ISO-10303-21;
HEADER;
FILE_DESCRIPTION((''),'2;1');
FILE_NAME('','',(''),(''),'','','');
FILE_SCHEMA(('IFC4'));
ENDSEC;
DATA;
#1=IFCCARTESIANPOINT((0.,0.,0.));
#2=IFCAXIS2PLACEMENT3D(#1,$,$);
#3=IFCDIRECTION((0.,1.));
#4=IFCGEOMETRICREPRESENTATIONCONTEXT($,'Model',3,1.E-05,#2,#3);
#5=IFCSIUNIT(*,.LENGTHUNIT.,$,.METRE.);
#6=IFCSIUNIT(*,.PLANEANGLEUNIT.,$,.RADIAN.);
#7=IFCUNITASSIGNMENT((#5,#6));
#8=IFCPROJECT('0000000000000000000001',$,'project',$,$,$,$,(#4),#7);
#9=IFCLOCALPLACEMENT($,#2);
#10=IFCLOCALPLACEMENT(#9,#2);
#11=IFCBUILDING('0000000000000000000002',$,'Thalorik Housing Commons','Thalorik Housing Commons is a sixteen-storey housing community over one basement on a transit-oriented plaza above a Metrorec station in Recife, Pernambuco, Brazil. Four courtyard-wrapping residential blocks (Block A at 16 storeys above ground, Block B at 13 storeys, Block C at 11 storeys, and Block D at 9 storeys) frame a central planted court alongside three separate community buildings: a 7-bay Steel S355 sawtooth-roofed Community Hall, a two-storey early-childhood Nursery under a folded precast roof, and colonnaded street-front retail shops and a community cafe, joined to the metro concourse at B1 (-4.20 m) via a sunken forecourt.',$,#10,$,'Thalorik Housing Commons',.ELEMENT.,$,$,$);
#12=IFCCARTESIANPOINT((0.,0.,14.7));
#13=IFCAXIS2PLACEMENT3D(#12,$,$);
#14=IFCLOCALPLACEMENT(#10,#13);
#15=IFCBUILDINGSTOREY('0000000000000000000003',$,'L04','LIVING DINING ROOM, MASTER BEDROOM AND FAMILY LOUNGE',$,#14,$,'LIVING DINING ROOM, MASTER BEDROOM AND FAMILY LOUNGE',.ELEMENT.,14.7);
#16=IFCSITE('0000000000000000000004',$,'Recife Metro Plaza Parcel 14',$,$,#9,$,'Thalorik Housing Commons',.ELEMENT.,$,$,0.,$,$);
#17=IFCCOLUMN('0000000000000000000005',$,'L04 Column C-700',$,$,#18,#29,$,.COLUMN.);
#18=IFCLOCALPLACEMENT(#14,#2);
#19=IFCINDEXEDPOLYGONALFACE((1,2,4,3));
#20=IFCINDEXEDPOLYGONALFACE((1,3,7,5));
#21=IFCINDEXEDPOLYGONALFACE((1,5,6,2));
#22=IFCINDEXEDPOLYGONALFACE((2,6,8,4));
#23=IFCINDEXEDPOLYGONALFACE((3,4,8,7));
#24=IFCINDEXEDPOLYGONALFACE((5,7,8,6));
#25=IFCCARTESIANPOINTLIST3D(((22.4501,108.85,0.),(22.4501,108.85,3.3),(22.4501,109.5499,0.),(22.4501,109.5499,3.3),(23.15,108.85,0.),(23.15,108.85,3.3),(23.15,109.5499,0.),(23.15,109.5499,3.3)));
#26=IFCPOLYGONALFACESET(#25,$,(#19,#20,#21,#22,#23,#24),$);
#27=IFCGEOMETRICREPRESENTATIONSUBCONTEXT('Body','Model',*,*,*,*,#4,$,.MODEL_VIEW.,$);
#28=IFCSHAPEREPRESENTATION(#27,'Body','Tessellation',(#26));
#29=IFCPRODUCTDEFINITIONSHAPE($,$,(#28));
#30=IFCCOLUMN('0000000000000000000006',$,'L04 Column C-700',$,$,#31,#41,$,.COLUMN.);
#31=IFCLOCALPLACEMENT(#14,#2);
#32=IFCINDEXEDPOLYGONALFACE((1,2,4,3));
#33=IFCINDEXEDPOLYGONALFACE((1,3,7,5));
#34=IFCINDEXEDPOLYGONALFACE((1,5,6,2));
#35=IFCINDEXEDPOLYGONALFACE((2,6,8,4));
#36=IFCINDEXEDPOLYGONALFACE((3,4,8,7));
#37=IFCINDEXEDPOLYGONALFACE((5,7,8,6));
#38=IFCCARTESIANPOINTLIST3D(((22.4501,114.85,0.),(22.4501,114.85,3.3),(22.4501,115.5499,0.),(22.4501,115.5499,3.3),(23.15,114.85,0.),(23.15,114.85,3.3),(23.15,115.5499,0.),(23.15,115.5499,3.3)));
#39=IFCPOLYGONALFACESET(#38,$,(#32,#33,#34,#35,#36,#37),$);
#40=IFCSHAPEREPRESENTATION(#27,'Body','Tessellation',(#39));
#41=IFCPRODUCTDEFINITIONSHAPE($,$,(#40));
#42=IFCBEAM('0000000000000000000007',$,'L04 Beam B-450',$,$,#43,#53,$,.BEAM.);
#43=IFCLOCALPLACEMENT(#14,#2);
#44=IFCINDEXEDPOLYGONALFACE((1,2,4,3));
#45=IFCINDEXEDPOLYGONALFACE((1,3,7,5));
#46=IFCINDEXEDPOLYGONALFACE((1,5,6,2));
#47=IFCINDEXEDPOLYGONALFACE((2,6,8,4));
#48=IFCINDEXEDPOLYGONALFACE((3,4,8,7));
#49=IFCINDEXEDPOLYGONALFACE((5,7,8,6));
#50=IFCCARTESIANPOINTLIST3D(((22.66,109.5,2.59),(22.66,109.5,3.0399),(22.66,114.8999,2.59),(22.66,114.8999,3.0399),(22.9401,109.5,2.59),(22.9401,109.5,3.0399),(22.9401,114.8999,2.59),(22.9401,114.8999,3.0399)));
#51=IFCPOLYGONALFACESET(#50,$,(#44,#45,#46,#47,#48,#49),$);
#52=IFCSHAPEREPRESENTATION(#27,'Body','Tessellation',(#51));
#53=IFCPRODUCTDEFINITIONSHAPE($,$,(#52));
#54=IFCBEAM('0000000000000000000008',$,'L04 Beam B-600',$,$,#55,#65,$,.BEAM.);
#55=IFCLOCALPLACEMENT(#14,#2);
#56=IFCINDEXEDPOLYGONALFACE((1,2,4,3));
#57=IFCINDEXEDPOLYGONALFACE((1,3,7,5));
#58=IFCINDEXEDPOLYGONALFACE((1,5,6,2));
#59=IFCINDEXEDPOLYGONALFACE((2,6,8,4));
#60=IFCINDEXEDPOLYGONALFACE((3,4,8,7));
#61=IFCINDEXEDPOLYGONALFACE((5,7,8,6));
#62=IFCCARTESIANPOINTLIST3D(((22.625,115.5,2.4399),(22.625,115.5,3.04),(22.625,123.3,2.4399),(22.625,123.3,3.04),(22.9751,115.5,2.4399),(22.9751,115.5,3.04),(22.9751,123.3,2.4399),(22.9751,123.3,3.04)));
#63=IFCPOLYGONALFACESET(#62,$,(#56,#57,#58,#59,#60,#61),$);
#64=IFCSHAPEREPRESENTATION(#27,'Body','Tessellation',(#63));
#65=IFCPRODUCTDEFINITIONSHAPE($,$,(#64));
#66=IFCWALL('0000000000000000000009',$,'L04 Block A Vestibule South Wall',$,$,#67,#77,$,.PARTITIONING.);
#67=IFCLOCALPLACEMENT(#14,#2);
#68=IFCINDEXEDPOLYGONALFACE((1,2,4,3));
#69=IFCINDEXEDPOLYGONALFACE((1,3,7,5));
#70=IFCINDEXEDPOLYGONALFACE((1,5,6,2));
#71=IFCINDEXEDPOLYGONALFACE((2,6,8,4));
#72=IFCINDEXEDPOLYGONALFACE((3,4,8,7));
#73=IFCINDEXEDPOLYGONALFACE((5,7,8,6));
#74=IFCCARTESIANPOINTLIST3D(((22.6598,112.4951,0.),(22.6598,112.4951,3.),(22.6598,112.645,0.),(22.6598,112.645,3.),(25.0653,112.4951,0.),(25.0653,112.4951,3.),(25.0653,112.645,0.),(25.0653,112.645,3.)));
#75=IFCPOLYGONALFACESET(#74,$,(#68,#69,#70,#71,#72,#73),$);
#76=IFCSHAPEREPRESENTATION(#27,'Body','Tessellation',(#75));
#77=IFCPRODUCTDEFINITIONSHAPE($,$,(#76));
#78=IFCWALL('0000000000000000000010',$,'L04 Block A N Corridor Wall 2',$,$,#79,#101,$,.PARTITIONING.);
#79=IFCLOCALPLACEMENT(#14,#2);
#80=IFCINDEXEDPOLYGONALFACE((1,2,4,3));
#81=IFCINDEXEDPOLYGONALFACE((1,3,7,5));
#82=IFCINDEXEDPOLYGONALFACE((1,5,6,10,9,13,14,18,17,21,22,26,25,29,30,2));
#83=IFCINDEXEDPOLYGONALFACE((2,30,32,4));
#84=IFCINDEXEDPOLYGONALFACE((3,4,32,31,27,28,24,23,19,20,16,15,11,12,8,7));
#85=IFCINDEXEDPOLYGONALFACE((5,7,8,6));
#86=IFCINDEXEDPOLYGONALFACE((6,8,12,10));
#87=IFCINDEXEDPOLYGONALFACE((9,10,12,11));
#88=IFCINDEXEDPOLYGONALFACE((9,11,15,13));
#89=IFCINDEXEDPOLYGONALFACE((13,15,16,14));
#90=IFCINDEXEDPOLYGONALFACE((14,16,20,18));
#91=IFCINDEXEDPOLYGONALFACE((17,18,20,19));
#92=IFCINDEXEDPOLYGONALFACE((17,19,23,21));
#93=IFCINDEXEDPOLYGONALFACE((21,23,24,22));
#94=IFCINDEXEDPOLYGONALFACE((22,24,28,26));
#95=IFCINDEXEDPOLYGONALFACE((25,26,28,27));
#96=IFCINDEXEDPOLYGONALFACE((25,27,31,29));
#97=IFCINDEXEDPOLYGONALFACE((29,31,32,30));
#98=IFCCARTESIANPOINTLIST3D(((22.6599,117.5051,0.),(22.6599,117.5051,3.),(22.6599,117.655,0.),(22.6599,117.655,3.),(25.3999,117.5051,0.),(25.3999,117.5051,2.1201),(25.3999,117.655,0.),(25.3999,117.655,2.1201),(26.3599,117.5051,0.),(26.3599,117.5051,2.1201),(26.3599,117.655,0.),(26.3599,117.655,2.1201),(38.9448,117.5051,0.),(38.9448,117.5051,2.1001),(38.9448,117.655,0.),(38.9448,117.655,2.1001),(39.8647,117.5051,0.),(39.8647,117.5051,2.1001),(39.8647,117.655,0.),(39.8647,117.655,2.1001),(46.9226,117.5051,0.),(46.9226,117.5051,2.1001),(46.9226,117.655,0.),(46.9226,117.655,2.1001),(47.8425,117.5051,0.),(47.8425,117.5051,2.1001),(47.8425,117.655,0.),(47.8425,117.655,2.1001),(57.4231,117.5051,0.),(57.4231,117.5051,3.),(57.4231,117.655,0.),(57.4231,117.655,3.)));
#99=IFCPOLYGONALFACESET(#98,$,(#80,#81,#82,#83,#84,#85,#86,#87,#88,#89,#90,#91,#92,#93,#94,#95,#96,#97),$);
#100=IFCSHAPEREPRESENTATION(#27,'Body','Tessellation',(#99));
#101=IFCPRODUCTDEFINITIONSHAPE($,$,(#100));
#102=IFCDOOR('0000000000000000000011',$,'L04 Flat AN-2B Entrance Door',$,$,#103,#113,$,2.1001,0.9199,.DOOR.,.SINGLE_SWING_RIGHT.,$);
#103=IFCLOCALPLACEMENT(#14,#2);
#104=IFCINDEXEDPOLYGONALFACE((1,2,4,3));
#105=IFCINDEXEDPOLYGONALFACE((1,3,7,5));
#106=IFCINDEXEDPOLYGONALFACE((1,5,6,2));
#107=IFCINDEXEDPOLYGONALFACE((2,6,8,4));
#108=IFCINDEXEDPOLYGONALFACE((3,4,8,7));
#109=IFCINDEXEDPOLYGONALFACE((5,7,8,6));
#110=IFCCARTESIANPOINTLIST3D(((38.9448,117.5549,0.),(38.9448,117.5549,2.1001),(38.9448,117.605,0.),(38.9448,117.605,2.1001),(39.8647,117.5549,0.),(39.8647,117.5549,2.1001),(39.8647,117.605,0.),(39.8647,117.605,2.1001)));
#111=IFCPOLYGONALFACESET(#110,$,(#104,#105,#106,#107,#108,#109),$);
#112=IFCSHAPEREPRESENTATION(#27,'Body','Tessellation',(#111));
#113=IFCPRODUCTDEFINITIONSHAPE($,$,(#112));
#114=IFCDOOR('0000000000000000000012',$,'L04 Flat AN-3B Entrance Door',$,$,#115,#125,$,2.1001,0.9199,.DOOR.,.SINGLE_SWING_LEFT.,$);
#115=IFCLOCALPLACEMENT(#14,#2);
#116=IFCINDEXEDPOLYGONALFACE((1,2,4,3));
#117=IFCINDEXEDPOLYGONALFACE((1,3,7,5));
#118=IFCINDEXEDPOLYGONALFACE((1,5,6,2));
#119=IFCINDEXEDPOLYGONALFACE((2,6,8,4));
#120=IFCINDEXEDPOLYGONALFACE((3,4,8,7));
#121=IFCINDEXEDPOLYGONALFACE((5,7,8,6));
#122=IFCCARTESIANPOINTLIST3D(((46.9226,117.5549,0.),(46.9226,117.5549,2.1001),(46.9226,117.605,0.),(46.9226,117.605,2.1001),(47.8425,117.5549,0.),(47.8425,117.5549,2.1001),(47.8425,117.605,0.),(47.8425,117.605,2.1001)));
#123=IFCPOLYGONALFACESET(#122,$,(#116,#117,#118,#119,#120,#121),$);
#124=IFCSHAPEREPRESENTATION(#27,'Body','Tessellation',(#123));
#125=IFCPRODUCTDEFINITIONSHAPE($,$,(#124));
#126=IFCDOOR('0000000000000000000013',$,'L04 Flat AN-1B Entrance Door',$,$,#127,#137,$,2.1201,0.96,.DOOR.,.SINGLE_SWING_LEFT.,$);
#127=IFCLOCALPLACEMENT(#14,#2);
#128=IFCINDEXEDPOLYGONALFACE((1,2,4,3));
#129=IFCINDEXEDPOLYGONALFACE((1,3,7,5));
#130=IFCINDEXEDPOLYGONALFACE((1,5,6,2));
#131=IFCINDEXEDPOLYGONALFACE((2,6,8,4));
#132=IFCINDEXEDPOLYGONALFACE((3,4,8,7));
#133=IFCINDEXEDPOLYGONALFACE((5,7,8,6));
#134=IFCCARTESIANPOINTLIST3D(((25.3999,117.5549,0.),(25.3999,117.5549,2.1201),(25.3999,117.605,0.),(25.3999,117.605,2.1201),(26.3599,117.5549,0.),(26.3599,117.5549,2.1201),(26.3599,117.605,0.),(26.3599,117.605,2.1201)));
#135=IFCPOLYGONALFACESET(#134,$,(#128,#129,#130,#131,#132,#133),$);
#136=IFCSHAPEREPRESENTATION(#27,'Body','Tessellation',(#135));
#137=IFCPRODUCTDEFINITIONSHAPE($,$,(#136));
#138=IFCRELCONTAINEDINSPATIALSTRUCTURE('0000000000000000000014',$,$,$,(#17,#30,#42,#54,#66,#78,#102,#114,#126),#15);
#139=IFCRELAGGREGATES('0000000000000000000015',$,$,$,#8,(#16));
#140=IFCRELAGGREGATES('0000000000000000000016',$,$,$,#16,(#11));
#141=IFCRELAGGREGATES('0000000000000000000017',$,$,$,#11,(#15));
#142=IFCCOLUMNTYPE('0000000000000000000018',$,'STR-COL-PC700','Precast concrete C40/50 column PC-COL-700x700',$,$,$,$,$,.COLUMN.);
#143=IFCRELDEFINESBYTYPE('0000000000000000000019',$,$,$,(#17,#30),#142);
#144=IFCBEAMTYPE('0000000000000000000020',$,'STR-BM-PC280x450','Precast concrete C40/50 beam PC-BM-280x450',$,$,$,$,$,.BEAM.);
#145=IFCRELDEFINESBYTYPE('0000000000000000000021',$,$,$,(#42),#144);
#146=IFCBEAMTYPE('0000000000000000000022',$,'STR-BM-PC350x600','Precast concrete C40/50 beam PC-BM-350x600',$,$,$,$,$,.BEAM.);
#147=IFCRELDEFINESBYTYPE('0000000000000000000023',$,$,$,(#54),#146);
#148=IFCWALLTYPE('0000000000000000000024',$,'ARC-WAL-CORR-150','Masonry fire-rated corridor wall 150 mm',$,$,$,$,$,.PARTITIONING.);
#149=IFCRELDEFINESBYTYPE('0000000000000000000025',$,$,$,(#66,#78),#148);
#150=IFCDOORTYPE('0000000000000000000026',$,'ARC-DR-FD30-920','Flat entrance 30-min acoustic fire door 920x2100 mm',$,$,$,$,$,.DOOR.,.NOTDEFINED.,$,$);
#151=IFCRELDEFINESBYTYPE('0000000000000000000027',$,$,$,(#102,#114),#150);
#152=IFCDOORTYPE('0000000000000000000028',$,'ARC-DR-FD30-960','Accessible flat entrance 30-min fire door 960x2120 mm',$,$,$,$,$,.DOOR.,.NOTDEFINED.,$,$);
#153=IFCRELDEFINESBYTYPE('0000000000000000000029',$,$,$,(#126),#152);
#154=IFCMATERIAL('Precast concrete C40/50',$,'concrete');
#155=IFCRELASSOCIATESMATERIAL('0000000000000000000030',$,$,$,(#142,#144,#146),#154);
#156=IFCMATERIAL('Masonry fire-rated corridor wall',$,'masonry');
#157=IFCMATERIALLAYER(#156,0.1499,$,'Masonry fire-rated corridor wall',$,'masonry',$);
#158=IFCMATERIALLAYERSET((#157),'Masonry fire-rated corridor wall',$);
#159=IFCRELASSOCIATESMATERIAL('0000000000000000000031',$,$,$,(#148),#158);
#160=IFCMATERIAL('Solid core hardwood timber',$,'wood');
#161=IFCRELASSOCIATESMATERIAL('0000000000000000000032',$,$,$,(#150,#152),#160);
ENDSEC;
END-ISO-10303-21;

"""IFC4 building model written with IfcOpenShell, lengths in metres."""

from ifc_helpers import new_model, si_unit, direction, frame, frame_2d, origin, origin_2d, place, context, subcontext, project, spatial, rectangle, extrude, material, layer, layer_set, material_profile, profile_set, type_object, element, fill, save


model = new_model("IFC4")

# Units and contexts
model_context = context("Model", 3, precision=1e-05, world=origin(), true_north=direction((0.0, 1.0)))
body_context = subcontext(model_context, "Body", "Model", "MODEL_VIEW")
ifc_project = project(units=[si_unit("LENGTHUNIT", "METRE"), si_unit("PLANEANGLEUNIT", "RADIAN")], contexts=[model_context])

# Site, building, storey
site_placement = place(None, origin())
site = spatial("IfcSite", under=ifc_project, at=site_placement, Name="Recife Metro Plaza Parcel 14", LongName="Thalorik Housing Commons", CompositionType="ELEMENT", RefElevation=0.0)
building_placement = place(site_placement, origin())
building = spatial("IfcBuilding", under=site, at=building_placement, Name="Thalorik Housing Commons", Description="Thalorik Housing Commons is a sixteen-storey housing community over one basement on a transit-oriented plaza above a Metrorec station in Recife, Pernambuco, Brazil. Four courtyard-wrapping residential blocks (Block A at 16 storeys above ground, Block B at 13 storeys, Block C at 11 storeys, and Block D at 9 storeys) frame a central planted court alongside three separate community buildings: a 7-bay Steel S355 sawtooth-roofed Community Hall, a two-storey early-childhood Nursery under a folded precast roof, and colonnaded street-front retail shops and a community cafe, joined to the metro concourse at B1 (-4.20 m) via a sunken forecourt.", LongName="Thalorik Housing Commons", CompositionType="ELEMENT")
storey_placement = place(building_placement, frame((0.0, 0.0, 14.7)))
storey = spatial("IfcBuildingStorey", under=building, at=storey_placement, Name="L04", Description="LIVING DINING ROOM, MASTER BEDROOM AND FAMILY LOUNGE", LongName="LIVING DINING ROOM, MASTER BEDROOM AND FAMILY LOUNGE", CompositionType="ELEMENT", Elevation=14.7)

# Columns
ifc_material_1 = material(Name="Precast concrete C40/50", Category="concrete")
ifc_material_profile_1 = material_profile(ifc_material_1, rectangle(XDim=0.7, YDim=0.7, at=origin_2d()), Name="PC 700x700", Category="concrete")
ifc_profile_set_1 = profile_set([ifc_material_profile_1], Name="Precast concrete C40/50")
column_type = type_object("IfcColumnType", Name="STR-COL-PC700", Description="Precast concrete C40/50 column PC-COL-700x700", PredefinedType="COLUMN", material=ifc_profile_set_1)
for number, where, z_axis, x_axis, name in (
    (1, (22.8, 109.2, 0.0), (0.0, 0.0, 1.0), (1.0, 0.0, 0.0), "L04 Column C-700"),
    (2, (22.8, 115.2, 0.0), (0.0, 0.0, 1.0), (1.0, 0.0, 0.0), "L04 Column C-700"),
):
    element("IfcColumn", number, at=place(storey_placement, frame(where, z_axis=z_axis, x_axis=x_axis)), inside=storey, type_object=column_type, Name=name, PredefinedType="COLUMN", context=body_context, shape_type="SweptSolid", body=[
        extrude(rectangle(XDim=0.7, YDim=0.7, at=origin_2d()), origin(), (0.0, 0.0, 1.0), 3.3),
    ])

# Beams
ifc_material_profile_2 = material_profile(ifc_material_1, rectangle(XDim=0.28, YDim=0.45, at=origin_2d()), Name="PC 280x450", Category="concrete")
ifc_profile_set_2 = profile_set([ifc_material_profile_2], Name="Precast concrete C40/50")
beam_type_1 = type_object("IfcBeamType", Name="STR-BM-PC280x450", Description="Precast concrete C40/50 beam PC-BM-280x450", PredefinedType="BEAM", material=ifc_profile_set_2)
beam_1_placement = place(storey_placement, frame((22.8, 109.5, 2.8149), z_axis=(0.0, 1.0, 0.0), x_axis=(-1.0, 0.0, 0.0)))
element("IfcBeam", 3, at=beam_1_placement, inside=storey, type_object=beam_type_1, Name="L04 Beam B-450", PredefinedType="BEAM", context=body_context, shape_type="SweptSolid", body=[
    extrude(rectangle(XDim=0.28, YDim=0.45, at=origin_2d()), origin(), (0.0, 0.0, 1.0), 5.3999),
])
ifc_material_profile_3 = material_profile(ifc_material_1, rectangle(XDim=0.3501, YDim=0.6001, at=origin_2d()), Name="PC 350x600", Category="concrete")
ifc_profile_set_3 = profile_set([ifc_material_profile_3], Name="Precast concrete C40/50")
beam_type_2 = type_object("IfcBeamType", Name="STR-BM-PC350x600", Description="Precast concrete C40/50 beam PC-BM-350x600", PredefinedType="BEAM", material=ifc_profile_set_3)
beam_2_placement = place(storey_placement, frame((22.8, 115.5, 2.74), z_axis=(0.0, 1.0, 0.0), x_axis=(-1.0, 0.0, 0.0)))
element("IfcBeam", 4, at=beam_2_placement, inside=storey, type_object=beam_type_2, Name="L04 Beam B-600", PredefinedType="BEAM", context=body_context, shape_type="SweptSolid", body=[
    extrude(rectangle(XDim=0.3501, YDim=0.6001, at=origin_2d()), origin(), (0.0, 0.0, 1.0), 7.8),
])

# Wall
ifc_material_2 = material(Name="Masonry fire-rated corridor wall", Category="masonry")
ifc_layer_1 = layer(ifc_material_2, 0.1499, Name="Masonry fire-rated corridor wall", Category="masonry")
ifc_layer_set_1 = layer_set([ifc_layer_1], Name="Masonry fire-rated corridor wall")
wall_type_1 = type_object("IfcWallType", Name="ARC-WAL-CORR-150", Description="Masonry fire-rated corridor wall 150 mm", PredefinedType="PARTITIONING", material=ifc_layer_set_1)
wall_1_placement = place(storey_placement, frame((22.6599, 112.5701, 0.0), z_axis=(0.0, 0.0, 1.0), x_axis=(1.0, 0.0, 0.0)))
element("IfcWall", 5, at=wall_1_placement, inside=storey, type_object=wall_type_1, Name="L04 Block A Vestibule South Wall", PredefinedType="PARTITIONING", context=body_context, shape_type="SweptSolid", body=[
    extrude(rectangle(XDim=2.4055, YDim=0.1499, at=frame_2d((1.2026, 0.0))), origin(), (0.0, 0.0, 1.0), 3.0),
])

# Wall, openings, doors
wall_2_placement = place(storey_placement, frame((22.6599, 117.5801, 0.0), z_axis=(0.0, 0.0, 1.0), x_axis=(1.0, 0.0, 0.0)))
wall_2 = element("IfcWall", 6, at=wall_2_placement, inside=storey, type_object=wall_type_1, Name="L04 Block A N Corridor Wall 2", PredefinedType="PARTITIONING", context=body_context, shape_type="SweptSolid", body=[
    extrude(rectangle(XDim=34.7632, YDim=0.1499, at=frame_2d((17.3816, 0.0))), origin(), (0.0, 0.0, 1.0), 3.0),
])
opening_1_placement = place(wall_2_placement, frame((2.74, 0.0, 0.0)))
opening_1 = element("IfcOpeningElement", 7, at=opening_1_placement, cuts=wall_2, PredefinedType="OPENING", context=body_context, shape_type="SweptSolid", body=[
    extrude(rectangle(XDim=0.96, YDim=2.1201, at=frame_2d((0.48, 1.0601))), frame((0.0, 0.085, 0.0), z_axis=(0.0, -1.0, 0.0), x_axis=(1.0, 0.0, 0.0)), (0.0, 0.0, 1.0), 0.1699),
])
opening_2_placement = place(wall_2_placement, frame((16.2849, 0.0, 0.0)))
opening_2 = element("IfcOpeningElement", 8, at=opening_2_placement, cuts=wall_2, PredefinedType="OPENING", context=body_context, shape_type="SweptSolid", body=[
    extrude(rectangle(XDim=0.9199, YDim=2.1001, at=frame_2d((0.46, 1.05))), frame((0.0, 0.085, 0.0), z_axis=(0.0, -1.0, 0.0), x_axis=(1.0, 0.0, 0.0)), (0.0, 0.0, 1.0), 0.1699),
])
opening_3_placement = place(wall_2_placement, frame((24.2627, 0.0, 0.0)))
opening_3 = element("IfcOpeningElement", 9, at=opening_3_placement, cuts=wall_2, PredefinedType="OPENING", context=body_context, shape_type="SweptSolid", body=[
    extrude(rectangle(XDim=0.9199, YDim=2.1001, at=frame_2d((0.46, 1.05))), frame((0.0, 0.085, 0.0), z_axis=(0.0, -1.0, 0.0), x_axis=(1.0, 0.0, 0.0)), (0.0, 0.0, 1.0), 0.1699),
])
ifc_material_3 = material(Name="Solid core hardwood timber", Category="wood")
door_type_1 = type_object("IfcDoorType", Name="ARC-DR-FD30-920", Description="Flat entrance 30-min acoustic fire door 920x2100 mm", OperationType="NOTDEFINED", PredefinedType="DOOR", material=ifc_material_3)
door_1_placement = place(opening_2_placement, origin())
door_1 = element("IfcDoor", 10, at=door_1_placement, inside=storey, type_object=door_type_1, Name="L04 Flat AN-2B Entrance Door", OperationType="SINGLE_SWING_RIGHT", OverallHeight=2.1001, OverallWidth=0.9199, PredefinedType="DOOR", context=body_context, shape_type="SweptSolid", body=[
    extrude(rectangle(XDim=0.9199, YDim=2.1001, at=frame_2d((0.46, 1.05))), frame((0.0, 0.0249, 0.0), z_axis=(0.0, -1.0, 0.0), x_axis=(1.0, 0.0, 0.0)), (0.0, 0.0, 1.0), 0.05),
])
fill(opening_2, door_1)
door_2_placement = place(opening_3_placement, origin())
door_2 = element("IfcDoor", 11, at=door_2_placement, inside=storey, type_object=door_type_1, Name="L04 Flat AN-3B Entrance Door", OperationType="SINGLE_SWING_LEFT", OverallHeight=2.1001, OverallWidth=0.9199, PredefinedType="DOOR", context=body_context, shape_type="SweptSolid", body=[
    extrude(rectangle(XDim=0.9199, YDim=2.1001, at=frame_2d((0.46, 1.05))), frame((0.0, 0.0249, 0.0), z_axis=(0.0, -1.0, 0.0), x_axis=(1.0, 0.0, 0.0)), (0.0, 0.0, 1.0), 0.05),
])
fill(opening_3, door_2)
door_type_2 = type_object("IfcDoorType", Name="ARC-DR-FD30-960", Description="Accessible flat entrance 30-min fire door 960x2120 mm", OperationType="NOTDEFINED", PredefinedType="DOOR", material=ifc_material_3)
door_3_placement = place(opening_1_placement, origin())
door_3 = element("IfcDoor", 12, at=door_3_placement, inside=storey, type_object=door_type_2, Name="L04 Flat AN-1B Entrance Door", OperationType="SINGLE_SWING_LEFT", OverallHeight=2.1201, OverallWidth=0.96, PredefinedType="DOOR", context=body_context, shape_type="SweptSolid", body=[
    extrude(rectangle(XDim=0.96, YDim=2.1201, at=frame_2d((0.48, 1.0601))), frame((0.0, 0.0249, 0.0), z_axis=(0.0, -1.0, 0.0), x_axis=(1.0, 0.0, 0.0)), (0.0, 0.0, 1.0), 0.05),
])
fill(opening_1, door_3)

save(model, "model.ifc")
